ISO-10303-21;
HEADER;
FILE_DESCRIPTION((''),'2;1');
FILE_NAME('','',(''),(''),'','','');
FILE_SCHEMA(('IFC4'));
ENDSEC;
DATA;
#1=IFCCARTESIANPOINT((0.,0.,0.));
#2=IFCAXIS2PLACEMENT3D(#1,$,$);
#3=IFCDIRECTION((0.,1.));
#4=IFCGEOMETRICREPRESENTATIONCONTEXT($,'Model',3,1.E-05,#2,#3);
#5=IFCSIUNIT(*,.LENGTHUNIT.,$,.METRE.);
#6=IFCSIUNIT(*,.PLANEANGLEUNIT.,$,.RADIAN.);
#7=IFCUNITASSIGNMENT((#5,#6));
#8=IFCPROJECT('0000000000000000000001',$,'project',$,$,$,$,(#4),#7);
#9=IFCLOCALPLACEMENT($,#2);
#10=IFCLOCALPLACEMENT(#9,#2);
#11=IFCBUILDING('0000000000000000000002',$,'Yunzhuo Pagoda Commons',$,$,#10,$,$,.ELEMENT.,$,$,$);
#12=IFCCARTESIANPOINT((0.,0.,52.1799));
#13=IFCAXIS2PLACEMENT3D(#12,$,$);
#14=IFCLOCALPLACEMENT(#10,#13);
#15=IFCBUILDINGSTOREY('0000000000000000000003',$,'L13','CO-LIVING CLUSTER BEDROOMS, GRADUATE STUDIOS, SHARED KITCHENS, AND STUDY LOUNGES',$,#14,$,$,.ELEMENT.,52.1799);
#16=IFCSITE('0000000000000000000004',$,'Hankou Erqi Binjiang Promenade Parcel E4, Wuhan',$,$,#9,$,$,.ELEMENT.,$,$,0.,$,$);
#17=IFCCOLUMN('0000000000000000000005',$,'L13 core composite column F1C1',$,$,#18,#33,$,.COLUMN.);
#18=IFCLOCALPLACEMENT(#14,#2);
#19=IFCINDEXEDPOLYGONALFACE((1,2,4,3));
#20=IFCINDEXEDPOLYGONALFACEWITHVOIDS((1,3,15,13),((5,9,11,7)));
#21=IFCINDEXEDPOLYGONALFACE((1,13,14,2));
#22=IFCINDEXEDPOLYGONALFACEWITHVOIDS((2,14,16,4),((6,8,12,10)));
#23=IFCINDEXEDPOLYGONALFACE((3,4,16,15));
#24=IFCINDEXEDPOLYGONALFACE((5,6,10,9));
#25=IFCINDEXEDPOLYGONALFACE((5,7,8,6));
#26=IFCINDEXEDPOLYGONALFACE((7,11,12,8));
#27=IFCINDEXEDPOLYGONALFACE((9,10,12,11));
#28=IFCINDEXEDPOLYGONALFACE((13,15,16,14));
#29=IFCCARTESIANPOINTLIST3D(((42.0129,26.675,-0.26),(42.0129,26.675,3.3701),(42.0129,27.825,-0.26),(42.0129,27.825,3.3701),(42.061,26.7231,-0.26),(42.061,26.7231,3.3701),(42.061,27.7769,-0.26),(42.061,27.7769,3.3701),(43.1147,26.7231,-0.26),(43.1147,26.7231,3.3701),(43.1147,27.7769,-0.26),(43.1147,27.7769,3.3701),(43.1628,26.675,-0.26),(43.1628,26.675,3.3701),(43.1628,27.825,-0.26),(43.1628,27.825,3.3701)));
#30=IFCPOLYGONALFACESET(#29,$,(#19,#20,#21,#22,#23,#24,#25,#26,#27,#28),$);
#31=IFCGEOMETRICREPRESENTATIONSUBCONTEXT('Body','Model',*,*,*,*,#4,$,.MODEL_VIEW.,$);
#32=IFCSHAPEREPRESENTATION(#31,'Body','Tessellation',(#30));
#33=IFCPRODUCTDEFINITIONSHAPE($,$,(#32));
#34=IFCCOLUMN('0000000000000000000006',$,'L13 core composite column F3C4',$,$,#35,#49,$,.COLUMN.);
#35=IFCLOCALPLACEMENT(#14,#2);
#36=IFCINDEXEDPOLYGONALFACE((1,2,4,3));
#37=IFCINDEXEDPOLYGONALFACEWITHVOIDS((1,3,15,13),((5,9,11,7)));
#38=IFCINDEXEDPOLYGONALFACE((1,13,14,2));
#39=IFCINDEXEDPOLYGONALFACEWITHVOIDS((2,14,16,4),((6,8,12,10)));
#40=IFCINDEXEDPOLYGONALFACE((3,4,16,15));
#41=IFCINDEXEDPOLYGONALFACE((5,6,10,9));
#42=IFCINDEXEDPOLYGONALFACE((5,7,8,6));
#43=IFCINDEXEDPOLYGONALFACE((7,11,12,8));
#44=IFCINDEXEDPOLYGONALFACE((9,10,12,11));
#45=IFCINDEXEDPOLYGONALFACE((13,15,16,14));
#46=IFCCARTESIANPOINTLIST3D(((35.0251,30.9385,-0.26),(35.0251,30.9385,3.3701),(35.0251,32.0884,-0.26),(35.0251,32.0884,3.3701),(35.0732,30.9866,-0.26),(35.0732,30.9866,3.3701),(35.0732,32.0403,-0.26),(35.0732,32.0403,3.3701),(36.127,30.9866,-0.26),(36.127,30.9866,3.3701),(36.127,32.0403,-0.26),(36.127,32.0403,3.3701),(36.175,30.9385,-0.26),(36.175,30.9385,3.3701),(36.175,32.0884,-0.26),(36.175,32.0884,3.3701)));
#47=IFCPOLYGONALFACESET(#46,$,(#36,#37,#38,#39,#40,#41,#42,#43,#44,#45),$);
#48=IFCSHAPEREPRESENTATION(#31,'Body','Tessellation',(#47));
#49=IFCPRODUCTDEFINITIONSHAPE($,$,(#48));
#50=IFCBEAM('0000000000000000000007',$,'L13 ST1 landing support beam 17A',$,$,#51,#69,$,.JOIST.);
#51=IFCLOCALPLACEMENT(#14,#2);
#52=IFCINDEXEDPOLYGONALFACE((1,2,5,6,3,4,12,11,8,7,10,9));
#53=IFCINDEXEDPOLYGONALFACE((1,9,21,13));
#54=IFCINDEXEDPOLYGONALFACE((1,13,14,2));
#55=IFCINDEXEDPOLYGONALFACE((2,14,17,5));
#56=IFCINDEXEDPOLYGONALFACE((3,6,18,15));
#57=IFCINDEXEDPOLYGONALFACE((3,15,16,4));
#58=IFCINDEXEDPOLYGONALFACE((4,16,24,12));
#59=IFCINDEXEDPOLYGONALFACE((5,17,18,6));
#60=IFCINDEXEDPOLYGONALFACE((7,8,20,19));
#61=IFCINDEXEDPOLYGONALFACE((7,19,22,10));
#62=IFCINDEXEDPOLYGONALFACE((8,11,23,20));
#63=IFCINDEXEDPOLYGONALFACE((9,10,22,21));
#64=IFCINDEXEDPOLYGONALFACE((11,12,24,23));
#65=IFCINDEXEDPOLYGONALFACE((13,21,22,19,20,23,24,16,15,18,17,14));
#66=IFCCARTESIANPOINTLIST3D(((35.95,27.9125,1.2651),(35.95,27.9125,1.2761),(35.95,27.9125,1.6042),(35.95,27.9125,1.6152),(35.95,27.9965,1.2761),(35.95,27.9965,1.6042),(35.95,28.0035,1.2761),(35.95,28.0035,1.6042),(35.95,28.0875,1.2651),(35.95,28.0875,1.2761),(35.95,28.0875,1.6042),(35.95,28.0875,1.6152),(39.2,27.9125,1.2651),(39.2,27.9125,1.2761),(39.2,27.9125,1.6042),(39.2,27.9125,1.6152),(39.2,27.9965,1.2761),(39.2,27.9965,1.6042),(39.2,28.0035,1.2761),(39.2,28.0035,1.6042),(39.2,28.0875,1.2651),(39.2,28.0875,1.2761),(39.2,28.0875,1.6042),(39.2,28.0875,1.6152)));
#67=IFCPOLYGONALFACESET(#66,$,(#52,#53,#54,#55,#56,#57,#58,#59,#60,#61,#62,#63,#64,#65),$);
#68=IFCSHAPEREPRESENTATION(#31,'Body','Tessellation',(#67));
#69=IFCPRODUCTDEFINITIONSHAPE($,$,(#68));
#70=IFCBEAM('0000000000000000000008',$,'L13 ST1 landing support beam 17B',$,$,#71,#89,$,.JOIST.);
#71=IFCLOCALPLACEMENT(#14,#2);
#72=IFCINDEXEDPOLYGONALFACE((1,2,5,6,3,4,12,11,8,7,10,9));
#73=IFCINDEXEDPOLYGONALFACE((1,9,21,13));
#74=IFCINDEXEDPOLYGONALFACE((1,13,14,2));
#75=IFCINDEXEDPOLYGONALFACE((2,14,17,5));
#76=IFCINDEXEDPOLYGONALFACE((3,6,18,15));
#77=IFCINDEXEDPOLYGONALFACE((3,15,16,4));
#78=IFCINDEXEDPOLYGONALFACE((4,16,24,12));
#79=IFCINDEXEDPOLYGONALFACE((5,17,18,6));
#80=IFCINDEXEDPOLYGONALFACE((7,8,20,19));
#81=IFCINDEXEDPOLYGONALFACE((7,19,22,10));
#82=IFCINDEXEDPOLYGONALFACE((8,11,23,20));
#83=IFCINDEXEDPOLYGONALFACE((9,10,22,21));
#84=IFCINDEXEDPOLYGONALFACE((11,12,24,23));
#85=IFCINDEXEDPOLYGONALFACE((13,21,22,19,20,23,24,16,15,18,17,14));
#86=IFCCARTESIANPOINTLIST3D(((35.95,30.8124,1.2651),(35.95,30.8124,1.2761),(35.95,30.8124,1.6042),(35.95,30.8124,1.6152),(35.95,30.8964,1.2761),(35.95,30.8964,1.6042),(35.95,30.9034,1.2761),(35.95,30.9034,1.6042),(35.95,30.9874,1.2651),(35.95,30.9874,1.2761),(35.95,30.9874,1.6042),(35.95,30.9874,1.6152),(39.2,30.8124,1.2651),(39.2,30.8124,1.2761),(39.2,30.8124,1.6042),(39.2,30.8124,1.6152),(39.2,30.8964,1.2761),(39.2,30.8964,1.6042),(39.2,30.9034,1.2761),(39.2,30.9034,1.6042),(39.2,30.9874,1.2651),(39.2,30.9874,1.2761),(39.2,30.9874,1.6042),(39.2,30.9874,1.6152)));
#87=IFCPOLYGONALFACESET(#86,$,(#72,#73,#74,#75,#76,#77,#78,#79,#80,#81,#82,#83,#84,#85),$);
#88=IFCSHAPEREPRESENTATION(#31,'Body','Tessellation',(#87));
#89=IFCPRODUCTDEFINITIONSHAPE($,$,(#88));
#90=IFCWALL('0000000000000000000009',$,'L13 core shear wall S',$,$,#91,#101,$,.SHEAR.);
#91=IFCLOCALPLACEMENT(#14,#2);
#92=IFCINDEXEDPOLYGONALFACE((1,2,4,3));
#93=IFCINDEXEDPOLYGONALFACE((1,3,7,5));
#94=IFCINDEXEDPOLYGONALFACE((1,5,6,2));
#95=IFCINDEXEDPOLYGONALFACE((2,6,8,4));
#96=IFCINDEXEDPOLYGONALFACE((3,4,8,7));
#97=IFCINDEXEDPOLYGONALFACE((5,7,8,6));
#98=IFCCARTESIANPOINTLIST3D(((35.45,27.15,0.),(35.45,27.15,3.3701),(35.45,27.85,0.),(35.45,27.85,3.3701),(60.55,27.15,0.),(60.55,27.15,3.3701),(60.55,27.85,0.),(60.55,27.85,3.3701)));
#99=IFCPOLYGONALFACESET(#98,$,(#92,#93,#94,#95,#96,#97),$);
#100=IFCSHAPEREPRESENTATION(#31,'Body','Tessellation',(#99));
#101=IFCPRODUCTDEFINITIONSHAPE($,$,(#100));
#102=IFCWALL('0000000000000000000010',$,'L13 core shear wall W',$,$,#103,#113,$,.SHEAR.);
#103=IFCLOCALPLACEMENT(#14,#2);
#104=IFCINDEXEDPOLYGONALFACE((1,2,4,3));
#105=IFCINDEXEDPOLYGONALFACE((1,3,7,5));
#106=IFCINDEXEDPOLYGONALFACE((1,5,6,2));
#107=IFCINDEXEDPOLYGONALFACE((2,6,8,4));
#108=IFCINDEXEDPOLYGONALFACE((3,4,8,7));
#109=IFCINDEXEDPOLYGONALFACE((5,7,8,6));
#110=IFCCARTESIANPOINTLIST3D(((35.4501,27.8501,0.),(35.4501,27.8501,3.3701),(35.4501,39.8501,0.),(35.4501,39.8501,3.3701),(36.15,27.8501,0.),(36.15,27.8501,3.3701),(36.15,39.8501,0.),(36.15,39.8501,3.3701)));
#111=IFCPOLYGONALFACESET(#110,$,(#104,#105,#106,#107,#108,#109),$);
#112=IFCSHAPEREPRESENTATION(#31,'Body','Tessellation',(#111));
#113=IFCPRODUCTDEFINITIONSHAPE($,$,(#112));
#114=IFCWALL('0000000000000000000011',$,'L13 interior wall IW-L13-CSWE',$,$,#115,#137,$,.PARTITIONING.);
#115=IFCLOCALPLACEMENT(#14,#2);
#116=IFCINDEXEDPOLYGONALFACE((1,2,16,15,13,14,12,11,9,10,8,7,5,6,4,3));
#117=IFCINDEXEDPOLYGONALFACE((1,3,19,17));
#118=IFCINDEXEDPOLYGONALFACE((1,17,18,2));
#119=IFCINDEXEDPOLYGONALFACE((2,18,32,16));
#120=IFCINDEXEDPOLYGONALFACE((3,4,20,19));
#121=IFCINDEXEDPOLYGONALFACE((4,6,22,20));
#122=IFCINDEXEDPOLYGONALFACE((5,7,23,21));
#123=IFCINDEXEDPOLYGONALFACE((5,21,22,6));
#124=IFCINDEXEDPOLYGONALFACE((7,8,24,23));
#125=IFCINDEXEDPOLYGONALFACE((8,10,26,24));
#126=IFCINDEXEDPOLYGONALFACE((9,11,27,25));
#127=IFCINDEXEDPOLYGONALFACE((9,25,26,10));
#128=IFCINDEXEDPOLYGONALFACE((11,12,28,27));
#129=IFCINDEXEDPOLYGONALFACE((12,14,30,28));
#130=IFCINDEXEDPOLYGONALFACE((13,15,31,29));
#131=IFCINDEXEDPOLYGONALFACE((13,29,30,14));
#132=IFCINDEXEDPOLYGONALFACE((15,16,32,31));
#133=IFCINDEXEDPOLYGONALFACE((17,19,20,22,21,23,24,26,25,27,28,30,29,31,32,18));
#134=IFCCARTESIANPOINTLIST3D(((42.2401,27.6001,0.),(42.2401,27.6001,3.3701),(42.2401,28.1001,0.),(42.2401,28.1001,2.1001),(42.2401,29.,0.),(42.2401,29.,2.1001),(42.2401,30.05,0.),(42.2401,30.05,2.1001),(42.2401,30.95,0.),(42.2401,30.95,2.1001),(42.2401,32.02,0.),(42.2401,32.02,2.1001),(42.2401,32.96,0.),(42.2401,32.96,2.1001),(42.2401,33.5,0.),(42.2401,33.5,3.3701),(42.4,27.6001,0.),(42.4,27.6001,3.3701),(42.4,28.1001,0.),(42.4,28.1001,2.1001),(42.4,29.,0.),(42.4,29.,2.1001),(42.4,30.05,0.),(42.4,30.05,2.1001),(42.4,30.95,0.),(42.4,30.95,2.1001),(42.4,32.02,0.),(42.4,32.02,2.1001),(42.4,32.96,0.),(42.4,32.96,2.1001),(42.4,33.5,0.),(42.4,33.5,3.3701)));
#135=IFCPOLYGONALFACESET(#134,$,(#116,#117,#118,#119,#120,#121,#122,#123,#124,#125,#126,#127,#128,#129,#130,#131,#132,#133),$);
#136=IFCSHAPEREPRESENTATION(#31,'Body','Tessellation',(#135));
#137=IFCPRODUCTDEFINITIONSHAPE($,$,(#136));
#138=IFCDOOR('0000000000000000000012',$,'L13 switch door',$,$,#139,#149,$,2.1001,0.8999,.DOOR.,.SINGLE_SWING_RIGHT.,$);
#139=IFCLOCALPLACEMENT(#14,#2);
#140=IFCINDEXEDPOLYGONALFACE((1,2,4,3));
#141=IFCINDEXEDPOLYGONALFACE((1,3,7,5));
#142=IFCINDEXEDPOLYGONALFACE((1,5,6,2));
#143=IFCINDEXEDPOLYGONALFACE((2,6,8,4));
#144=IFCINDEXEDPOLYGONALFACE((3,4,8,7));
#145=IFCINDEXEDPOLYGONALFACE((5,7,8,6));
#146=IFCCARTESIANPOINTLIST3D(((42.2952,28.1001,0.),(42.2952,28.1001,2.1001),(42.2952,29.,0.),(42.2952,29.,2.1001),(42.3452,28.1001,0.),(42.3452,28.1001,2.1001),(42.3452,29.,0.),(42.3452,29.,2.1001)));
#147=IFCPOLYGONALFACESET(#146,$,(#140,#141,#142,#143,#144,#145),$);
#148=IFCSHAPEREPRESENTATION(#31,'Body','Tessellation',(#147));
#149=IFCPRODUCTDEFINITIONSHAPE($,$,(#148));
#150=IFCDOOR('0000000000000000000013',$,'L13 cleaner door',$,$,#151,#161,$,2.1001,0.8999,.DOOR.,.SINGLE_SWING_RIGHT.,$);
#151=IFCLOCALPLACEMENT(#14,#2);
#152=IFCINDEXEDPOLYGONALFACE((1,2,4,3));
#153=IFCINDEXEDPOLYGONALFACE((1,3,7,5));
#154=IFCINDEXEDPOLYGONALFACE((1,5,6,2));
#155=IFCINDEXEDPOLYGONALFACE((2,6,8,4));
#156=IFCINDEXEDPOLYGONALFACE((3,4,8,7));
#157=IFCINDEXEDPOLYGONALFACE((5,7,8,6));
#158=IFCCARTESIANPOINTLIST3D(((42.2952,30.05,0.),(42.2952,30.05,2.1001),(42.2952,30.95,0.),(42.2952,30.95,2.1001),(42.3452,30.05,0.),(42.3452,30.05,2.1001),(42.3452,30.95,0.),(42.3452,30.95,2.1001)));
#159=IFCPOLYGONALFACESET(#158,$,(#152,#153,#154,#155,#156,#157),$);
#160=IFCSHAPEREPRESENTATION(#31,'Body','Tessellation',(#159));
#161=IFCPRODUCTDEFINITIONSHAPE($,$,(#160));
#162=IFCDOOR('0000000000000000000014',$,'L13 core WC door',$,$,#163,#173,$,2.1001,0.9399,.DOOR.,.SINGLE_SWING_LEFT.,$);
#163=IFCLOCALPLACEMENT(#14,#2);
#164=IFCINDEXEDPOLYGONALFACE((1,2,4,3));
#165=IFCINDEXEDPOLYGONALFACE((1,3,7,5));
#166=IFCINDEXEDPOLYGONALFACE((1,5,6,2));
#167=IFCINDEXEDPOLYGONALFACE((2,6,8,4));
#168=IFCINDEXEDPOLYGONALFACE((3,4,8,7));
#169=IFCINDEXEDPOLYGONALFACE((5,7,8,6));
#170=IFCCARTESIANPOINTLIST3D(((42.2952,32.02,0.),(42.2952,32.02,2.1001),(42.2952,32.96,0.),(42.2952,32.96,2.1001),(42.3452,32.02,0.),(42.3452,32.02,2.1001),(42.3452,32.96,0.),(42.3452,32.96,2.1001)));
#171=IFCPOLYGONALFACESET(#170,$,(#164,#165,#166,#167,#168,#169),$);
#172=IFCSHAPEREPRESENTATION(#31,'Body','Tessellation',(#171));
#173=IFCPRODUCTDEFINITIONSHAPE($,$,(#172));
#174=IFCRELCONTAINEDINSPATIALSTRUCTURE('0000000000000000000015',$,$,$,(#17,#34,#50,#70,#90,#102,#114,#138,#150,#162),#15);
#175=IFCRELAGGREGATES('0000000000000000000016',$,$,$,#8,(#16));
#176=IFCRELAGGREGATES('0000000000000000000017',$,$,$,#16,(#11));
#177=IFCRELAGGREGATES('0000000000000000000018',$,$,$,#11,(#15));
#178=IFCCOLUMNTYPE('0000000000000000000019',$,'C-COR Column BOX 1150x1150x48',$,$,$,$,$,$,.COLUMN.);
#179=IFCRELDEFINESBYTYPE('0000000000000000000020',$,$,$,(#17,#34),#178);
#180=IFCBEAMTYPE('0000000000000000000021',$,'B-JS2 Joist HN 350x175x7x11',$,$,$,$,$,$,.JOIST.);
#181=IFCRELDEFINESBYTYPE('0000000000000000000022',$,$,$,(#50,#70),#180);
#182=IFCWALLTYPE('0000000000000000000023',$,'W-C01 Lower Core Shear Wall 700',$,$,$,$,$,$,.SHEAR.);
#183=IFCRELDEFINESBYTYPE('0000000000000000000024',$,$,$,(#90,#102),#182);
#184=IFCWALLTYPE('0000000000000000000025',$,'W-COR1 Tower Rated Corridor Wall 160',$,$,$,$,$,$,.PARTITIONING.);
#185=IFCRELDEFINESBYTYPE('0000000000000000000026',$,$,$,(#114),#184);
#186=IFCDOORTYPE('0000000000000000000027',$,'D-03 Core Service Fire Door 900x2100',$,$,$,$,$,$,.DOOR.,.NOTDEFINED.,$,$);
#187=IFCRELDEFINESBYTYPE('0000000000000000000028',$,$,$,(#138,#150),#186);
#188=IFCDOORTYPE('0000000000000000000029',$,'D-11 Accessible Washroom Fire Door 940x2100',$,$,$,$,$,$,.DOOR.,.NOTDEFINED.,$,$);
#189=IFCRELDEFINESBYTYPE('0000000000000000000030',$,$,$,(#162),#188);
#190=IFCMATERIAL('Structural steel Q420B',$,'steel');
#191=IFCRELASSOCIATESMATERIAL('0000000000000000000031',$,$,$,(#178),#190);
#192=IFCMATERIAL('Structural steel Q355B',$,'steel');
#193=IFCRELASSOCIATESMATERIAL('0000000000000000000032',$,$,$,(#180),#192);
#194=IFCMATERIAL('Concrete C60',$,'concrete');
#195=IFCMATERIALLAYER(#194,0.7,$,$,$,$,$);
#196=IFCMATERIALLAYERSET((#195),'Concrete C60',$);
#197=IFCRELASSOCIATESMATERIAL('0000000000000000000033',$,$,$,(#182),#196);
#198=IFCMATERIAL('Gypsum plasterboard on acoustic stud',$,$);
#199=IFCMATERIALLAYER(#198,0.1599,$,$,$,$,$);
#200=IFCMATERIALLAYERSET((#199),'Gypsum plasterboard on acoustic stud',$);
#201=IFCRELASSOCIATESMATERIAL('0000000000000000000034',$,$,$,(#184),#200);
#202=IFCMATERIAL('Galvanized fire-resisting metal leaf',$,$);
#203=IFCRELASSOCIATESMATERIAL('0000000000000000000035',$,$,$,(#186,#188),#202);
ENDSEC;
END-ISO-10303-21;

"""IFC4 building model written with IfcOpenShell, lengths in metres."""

from ifc_helpers import new_model, si_unit, direction, frame, frame_2d, origin, origin_with_axes, origin_2d, place, context, subcontext, project, spatial, rectangle, hollow_rectangle, i_section, extrude, source, transform, mapped, material, layer, layer_set, material_profile, profile_set, type_object, element, fill, save


model = new_model("IFC4")

# Units and contexts
model_context = context("Model", 3, precision=1e-05, world=origin(), true_north=direction((0.0, 1.0)))
body_context = subcontext(model_context, "Body", "Model", "MODEL_VIEW")
ifc_project = project(units=[si_unit("LENGTHUNIT", "METRE"), si_unit("PLANEANGLEUNIT", "RADIAN")], contexts=[model_context])

# Site, building, storey
site_placement = place(None, origin())
site = spatial("IfcSite", under=ifc_project, at=site_placement, Name="Hankou Erqi Binjiang Promenade Parcel E4, Wuhan", CompositionType="ELEMENT", RefElevation=0.0)
building_placement = place(site_placement, origin())
building = spatial("IfcBuilding", under=site, at=building_placement, Name="Yunzhuo Pagoda Commons", CompositionType="ELEMENT")
storey_placement = place(building_placement, frame((0.0, 0.0, 52.1799)))
storey = spatial("IfcBuildingStorey", under=building, at=storey_placement, Name="L13", Description="CO-LIVING CLUSTER BEDROOMS, GRADUATE STUDIOS, SHARED KITCHENS, AND STUDY LOUNGES", CompositionType="ELEMENT", Elevation=52.1799)

# Columns
ifc_material_1 = material(Name="Structural steel Q420B", Category="steel")
ifc_material_profile_1 = material_profile(ifc_material_1, hollow_rectangle(XDim=1.1499, YDim=1.1499, WallThickness=0.0481, at=origin_2d()), Name="Structural steel Q420B")
ifc_profile_set_1 = profile_set([ifc_material_profile_1], Name="Structural steel Q420B")
column_type = type_object("IfcColumnType", Name="C-COR Column BOX 1150x1150x48", PredefinedType="COLUMN", material=ifc_profile_set_1)
shared_shape_1 = source(origin(), body_context, "Body", "SweptSolid", [
    extrude(hollow_rectangle(XDim=1.1499, YDim=1.1499, WallThickness=0.0481, at=origin_2d()), origin(), (0.0, 0.0, 1.0), 3.6301),
])
for number, where, z_axis, x_axis, name in (
    (1, (42.5879, 27.25, -0.26), (0.0, 0.0, 1.0), (1.0, 0.0, 0.0), "L13 core composite column F1C1"),
    (2, (35.6001, 31.5134, -0.26), (0.0, 0.0, 1.0), (1.0, 0.0, 0.0), "L13 core composite column F3C4"),
):
    element("IfcColumn", number, at=place(storey_placement, frame(where, z_axis=z_axis, x_axis=x_axis)), inside=storey, type_object=column_type, Name=name, PredefinedType="COLUMN", context=body_context, shape_type="MappedRepresentation", body=[
        mapped(shared_shape_1, transform((0.0, 0.0, 0.0), scale=1.0)),
    ])

# Beams
ifc_material_2 = material(Name="Structural steel Q355B", Category="steel")
ifc_material_profile_2 = material_profile(ifc_material_2, i_section(OverallWidth=0.175, OverallDepth=0.3501, WebThickness=0.0071, FlangeThickness=0.011, at=origin_2d()), Name="Structural steel Q355B")
ifc_profile_set_2 = profile_set([ifc_material_profile_2], Name="Structural steel Q355B")
beam_type = type_object("IfcBeamType", Name="B-JS2 Joist HN 350x175x7x11", PredefinedType="JOIST", material=ifc_profile_set_2)
shared_shape_2 = source(origin(), body_context, "Body", "SweptSolid", [
    extrude(i_section(OverallWidth=0.175, OverallDepth=0.3501, WebThickness=0.0071, FlangeThickness=0.011, at=origin_2d()), origin(), (0.0, 0.0, 1.0), 3.25),
])
for number, where, z_axis, x_axis, name in (
    (3, (35.95, 28.0, 1.4402), (1.0, 0.0, 0.0), (0.0, 1.0, 0.0), "L13 ST1 landing support beam 17A"),
    (4, (35.95, 30.8999, 1.4402), (1.0, 0.0, 0.0), (0.0, 1.0, 0.0), "L13 ST1 landing support beam 17B"),
):
    element("IfcBeam", number, at=place(storey_placement, frame(where, z_axis=z_axis, x_axis=x_axis)), inside=storey, type_object=beam_type, Name=name, PredefinedType="JOIST", context=body_context, shape_type="MappedRepresentation", body=[
        mapped(shared_shape_2, transform((0.0, 0.0, 0.0), scale=1.0)),
    ])

# Walls
ifc_material_3 = material(Name="Concrete C60", Category="concrete")
ifc_layer_1 = layer(ifc_material_3, 0.7)
ifc_layer_set_1 = layer_set([ifc_layer_1], Name="Concrete C60")
wall_type_1 = type_object("IfcWallType", Name="W-C01 Lower Core Shear Wall 700", PredefinedType="SHEAR", material=ifc_layer_set_1)
wall_1_placement = place(storey_placement, frame((35.45, 27.5, 0.0), z_axis=(0.0, 0.0, 1.0), x_axis=(1.0, 0.0, 0.0)))
element("IfcWall", 5, at=wall_1_placement, inside=storey, type_object=wall_type_1, Name="L13 core shear wall S", PredefinedType="SHEAR", context=body_context, shape_type="SweptSolid", body=[
    extrude(rectangle(XDim=25.1001, YDim=0.7, at=frame_2d((12.55, 0.0))), origin(), (0.0, 0.0, 1.0), 3.3701),
])
wall_2_placement = place(storey_placement, frame((35.8, 27.8501, 0.0), z_axis=(0.0, 0.0, 1.0), x_axis=(0.0, 1.0, 0.0)))
element("IfcWall", 6, at=wall_2_placement, inside=storey, type_object=wall_type_1, Name="L13 core shear wall W", PredefinedType="SHEAR", context=body_context, shape_type="SweptSolid", body=[
    extrude(rectangle(XDim=12.0, YDim=0.7, at=frame_2d((6.0, 0.0))), origin(), (0.0, 0.0, 1.0), 3.3701),
])

# Wall, openings, doors
ifc_material_4 = material(Name="Gypsum plasterboard on acoustic stud")
ifc_layer_2 = layer(ifc_material_4, 0.1599)
ifc_layer_set_2 = layer_set([ifc_layer_2], Name="Gypsum plasterboard on acoustic stud")
wall_type_2 = type_object("IfcWallType", Name="W-COR1 Tower Rated Corridor Wall 160", PredefinedType="PARTITIONING", material=ifc_layer_set_2)
wall_3_placement = place(storey_placement, frame((42.3201, 27.6001, 0.0), z_axis=(0.0, 0.0, 1.0), x_axis=(0.0, 1.0, 0.0)))
wall_3 = element("IfcWall", 7, at=wall_3_placement, inside=storey, type_object=wall_type_2, Name="L13 interior wall IW-L13-CSWE", PredefinedType="PARTITIONING", context=body_context, shape_type="SweptSolid", body=[
    extrude(rectangle(XDim=5.8999, YDim=0.1599, at=frame_2d((2.95, 0.0))), origin(), (0.0, 0.0, 1.0), 3.3701),
])
opening_1_placement = place(wall_3_placement, frame((0.5, 0.0, 0.0)))
opening_1 = element("IfcOpeningElement", 8, at=opening_1_placement, cuts=wall_3, PredefinedType="OPENING", context=body_context, shape_type="SweptSolid", body=[
    extrude(rectangle(XDim=0.8999, YDim=2.1001, at=frame_2d((0.45, 1.05))), frame((0.0, 0.0898, 0.0), z_axis=(0.0, -1.0, 0.0), x_axis=(1.0, 0.0, 0.0)), (0.0, 0.0, 1.0), 0.1799),
])
opening_2_placement = place(wall_3_placement, frame((2.45, 0.0, 0.0)))
opening_2 = element("IfcOpeningElement", 9, at=opening_2_placement, cuts=wall_3, PredefinedType="OPENING", context=body_context, shape_type="SweptSolid", body=[
    extrude(rectangle(XDim=0.8999, YDim=2.1001, at=frame_2d((0.45, 1.05))), frame((0.0, 0.0898, 0.0), z_axis=(0.0, -1.0, 0.0), x_axis=(1.0, 0.0, 0.0)), (0.0, 0.0, 1.0), 0.1799),
])
opening_3_placement = place(wall_3_placement, frame((4.4199, 0.0, 0.0)))
opening_3 = element("IfcOpeningElement", 10, at=opening_3_placement, cuts=wall_3, PredefinedType="OPENING", context=body_context, shape_type="SweptSolid", body=[
    extrude(rectangle(XDim=0.9399, YDim=2.1001, at=frame_2d((0.47, 1.05))), frame((0.0, 0.0898, 0.0), z_axis=(0.0, -1.0, 0.0), x_axis=(1.0, 0.0, 0.0)), (0.0, 0.0, 1.0), 0.1799),
])
ifc_material_5 = material(Name="Galvanized fire-resisting metal leaf")
door_type_1 = type_object("IfcDoorType", Name="D-03 Core Service Fire Door 900x2100", OperationType="NOTDEFINED", PredefinedType="DOOR", material=ifc_material_5)
shared_shape_3 = source(origin(), body_context, "Body", "SweptSolid", [
    extrude(rectangle(XDim=0.8999, YDim=2.1001, at=frame_2d((0.45, 1.05))), frame((0.0, 0.0249, 0.0), z_axis=(0.0, -1.0, 0.0), x_axis=(1.0, 0.0, 0.0)), (0.0, 0.0, 1.0), 0.05),
])
door_1_placement = place(opening_1_placement, origin_with_axes())
door_1 = element("IfcDoor", 11, at=door_1_placement, inside=storey, type_object=door_type_1, Name="L13 switch door", OperationType="SINGLE_SWING_RIGHT", OverallHeight=2.1001, OverallWidth=0.8999, PredefinedType="DOOR", context=body_context, shape_type="MappedRepresentation", body=[
    mapped(shared_shape_3, transform((0.0, 0.0, 0.0), scale=1.0)),
])
fill(opening_1, door_1)
door_2_placement = place(opening_2_placement, origin_with_axes())
door_2 = element("IfcDoor", 12, at=door_2_placement, inside=storey, type_object=door_type_1, Name="L13 cleaner door", OperationType="SINGLE_SWING_RIGHT", OverallHeight=2.1001, OverallWidth=0.8999, PredefinedType="DOOR", context=body_context, shape_type="MappedRepresentation", body=[
    mapped(shared_shape_3, transform((0.0, 0.0, 0.0), scale=1.0)),
])
fill(opening_2, door_2)
door_type_2 = type_object("IfcDoorType", Name="D-11 Accessible Washroom Fire Door 940x2100", OperationType="NOTDEFINED", PredefinedType="DOOR", material=ifc_material_5)
shared_shape_4 = source(origin(), body_context, "Body", "SweptSolid", [
    extrude(rectangle(XDim=0.9399, YDim=2.1001, at=frame_2d((0.47, 1.05))), frame((0.0, 0.0249, 0.0), z_axis=(0.0, -1.0, 0.0), x_axis=(1.0, 0.0, 0.0)), (0.0, 0.0, 1.0), 0.05),
])
door_3_placement = place(opening_3_placement, origin_with_axes())
door_3 = element("IfcDoor", 13, at=door_3_placement, inside=storey, type_object=door_type_2, Name="L13 core WC door", OperationType="SINGLE_SWING_LEFT", OverallHeight=2.1001, OverallWidth=0.9399, PredefinedType="DOOR", context=body_context, shape_type="MappedRepresentation", body=[
    mapped(shared_shape_4, transform((0.0, 0.0, 0.0), scale=1.0)),
])
fill(opening_3, door_3)

save(model, "model.ifc")
